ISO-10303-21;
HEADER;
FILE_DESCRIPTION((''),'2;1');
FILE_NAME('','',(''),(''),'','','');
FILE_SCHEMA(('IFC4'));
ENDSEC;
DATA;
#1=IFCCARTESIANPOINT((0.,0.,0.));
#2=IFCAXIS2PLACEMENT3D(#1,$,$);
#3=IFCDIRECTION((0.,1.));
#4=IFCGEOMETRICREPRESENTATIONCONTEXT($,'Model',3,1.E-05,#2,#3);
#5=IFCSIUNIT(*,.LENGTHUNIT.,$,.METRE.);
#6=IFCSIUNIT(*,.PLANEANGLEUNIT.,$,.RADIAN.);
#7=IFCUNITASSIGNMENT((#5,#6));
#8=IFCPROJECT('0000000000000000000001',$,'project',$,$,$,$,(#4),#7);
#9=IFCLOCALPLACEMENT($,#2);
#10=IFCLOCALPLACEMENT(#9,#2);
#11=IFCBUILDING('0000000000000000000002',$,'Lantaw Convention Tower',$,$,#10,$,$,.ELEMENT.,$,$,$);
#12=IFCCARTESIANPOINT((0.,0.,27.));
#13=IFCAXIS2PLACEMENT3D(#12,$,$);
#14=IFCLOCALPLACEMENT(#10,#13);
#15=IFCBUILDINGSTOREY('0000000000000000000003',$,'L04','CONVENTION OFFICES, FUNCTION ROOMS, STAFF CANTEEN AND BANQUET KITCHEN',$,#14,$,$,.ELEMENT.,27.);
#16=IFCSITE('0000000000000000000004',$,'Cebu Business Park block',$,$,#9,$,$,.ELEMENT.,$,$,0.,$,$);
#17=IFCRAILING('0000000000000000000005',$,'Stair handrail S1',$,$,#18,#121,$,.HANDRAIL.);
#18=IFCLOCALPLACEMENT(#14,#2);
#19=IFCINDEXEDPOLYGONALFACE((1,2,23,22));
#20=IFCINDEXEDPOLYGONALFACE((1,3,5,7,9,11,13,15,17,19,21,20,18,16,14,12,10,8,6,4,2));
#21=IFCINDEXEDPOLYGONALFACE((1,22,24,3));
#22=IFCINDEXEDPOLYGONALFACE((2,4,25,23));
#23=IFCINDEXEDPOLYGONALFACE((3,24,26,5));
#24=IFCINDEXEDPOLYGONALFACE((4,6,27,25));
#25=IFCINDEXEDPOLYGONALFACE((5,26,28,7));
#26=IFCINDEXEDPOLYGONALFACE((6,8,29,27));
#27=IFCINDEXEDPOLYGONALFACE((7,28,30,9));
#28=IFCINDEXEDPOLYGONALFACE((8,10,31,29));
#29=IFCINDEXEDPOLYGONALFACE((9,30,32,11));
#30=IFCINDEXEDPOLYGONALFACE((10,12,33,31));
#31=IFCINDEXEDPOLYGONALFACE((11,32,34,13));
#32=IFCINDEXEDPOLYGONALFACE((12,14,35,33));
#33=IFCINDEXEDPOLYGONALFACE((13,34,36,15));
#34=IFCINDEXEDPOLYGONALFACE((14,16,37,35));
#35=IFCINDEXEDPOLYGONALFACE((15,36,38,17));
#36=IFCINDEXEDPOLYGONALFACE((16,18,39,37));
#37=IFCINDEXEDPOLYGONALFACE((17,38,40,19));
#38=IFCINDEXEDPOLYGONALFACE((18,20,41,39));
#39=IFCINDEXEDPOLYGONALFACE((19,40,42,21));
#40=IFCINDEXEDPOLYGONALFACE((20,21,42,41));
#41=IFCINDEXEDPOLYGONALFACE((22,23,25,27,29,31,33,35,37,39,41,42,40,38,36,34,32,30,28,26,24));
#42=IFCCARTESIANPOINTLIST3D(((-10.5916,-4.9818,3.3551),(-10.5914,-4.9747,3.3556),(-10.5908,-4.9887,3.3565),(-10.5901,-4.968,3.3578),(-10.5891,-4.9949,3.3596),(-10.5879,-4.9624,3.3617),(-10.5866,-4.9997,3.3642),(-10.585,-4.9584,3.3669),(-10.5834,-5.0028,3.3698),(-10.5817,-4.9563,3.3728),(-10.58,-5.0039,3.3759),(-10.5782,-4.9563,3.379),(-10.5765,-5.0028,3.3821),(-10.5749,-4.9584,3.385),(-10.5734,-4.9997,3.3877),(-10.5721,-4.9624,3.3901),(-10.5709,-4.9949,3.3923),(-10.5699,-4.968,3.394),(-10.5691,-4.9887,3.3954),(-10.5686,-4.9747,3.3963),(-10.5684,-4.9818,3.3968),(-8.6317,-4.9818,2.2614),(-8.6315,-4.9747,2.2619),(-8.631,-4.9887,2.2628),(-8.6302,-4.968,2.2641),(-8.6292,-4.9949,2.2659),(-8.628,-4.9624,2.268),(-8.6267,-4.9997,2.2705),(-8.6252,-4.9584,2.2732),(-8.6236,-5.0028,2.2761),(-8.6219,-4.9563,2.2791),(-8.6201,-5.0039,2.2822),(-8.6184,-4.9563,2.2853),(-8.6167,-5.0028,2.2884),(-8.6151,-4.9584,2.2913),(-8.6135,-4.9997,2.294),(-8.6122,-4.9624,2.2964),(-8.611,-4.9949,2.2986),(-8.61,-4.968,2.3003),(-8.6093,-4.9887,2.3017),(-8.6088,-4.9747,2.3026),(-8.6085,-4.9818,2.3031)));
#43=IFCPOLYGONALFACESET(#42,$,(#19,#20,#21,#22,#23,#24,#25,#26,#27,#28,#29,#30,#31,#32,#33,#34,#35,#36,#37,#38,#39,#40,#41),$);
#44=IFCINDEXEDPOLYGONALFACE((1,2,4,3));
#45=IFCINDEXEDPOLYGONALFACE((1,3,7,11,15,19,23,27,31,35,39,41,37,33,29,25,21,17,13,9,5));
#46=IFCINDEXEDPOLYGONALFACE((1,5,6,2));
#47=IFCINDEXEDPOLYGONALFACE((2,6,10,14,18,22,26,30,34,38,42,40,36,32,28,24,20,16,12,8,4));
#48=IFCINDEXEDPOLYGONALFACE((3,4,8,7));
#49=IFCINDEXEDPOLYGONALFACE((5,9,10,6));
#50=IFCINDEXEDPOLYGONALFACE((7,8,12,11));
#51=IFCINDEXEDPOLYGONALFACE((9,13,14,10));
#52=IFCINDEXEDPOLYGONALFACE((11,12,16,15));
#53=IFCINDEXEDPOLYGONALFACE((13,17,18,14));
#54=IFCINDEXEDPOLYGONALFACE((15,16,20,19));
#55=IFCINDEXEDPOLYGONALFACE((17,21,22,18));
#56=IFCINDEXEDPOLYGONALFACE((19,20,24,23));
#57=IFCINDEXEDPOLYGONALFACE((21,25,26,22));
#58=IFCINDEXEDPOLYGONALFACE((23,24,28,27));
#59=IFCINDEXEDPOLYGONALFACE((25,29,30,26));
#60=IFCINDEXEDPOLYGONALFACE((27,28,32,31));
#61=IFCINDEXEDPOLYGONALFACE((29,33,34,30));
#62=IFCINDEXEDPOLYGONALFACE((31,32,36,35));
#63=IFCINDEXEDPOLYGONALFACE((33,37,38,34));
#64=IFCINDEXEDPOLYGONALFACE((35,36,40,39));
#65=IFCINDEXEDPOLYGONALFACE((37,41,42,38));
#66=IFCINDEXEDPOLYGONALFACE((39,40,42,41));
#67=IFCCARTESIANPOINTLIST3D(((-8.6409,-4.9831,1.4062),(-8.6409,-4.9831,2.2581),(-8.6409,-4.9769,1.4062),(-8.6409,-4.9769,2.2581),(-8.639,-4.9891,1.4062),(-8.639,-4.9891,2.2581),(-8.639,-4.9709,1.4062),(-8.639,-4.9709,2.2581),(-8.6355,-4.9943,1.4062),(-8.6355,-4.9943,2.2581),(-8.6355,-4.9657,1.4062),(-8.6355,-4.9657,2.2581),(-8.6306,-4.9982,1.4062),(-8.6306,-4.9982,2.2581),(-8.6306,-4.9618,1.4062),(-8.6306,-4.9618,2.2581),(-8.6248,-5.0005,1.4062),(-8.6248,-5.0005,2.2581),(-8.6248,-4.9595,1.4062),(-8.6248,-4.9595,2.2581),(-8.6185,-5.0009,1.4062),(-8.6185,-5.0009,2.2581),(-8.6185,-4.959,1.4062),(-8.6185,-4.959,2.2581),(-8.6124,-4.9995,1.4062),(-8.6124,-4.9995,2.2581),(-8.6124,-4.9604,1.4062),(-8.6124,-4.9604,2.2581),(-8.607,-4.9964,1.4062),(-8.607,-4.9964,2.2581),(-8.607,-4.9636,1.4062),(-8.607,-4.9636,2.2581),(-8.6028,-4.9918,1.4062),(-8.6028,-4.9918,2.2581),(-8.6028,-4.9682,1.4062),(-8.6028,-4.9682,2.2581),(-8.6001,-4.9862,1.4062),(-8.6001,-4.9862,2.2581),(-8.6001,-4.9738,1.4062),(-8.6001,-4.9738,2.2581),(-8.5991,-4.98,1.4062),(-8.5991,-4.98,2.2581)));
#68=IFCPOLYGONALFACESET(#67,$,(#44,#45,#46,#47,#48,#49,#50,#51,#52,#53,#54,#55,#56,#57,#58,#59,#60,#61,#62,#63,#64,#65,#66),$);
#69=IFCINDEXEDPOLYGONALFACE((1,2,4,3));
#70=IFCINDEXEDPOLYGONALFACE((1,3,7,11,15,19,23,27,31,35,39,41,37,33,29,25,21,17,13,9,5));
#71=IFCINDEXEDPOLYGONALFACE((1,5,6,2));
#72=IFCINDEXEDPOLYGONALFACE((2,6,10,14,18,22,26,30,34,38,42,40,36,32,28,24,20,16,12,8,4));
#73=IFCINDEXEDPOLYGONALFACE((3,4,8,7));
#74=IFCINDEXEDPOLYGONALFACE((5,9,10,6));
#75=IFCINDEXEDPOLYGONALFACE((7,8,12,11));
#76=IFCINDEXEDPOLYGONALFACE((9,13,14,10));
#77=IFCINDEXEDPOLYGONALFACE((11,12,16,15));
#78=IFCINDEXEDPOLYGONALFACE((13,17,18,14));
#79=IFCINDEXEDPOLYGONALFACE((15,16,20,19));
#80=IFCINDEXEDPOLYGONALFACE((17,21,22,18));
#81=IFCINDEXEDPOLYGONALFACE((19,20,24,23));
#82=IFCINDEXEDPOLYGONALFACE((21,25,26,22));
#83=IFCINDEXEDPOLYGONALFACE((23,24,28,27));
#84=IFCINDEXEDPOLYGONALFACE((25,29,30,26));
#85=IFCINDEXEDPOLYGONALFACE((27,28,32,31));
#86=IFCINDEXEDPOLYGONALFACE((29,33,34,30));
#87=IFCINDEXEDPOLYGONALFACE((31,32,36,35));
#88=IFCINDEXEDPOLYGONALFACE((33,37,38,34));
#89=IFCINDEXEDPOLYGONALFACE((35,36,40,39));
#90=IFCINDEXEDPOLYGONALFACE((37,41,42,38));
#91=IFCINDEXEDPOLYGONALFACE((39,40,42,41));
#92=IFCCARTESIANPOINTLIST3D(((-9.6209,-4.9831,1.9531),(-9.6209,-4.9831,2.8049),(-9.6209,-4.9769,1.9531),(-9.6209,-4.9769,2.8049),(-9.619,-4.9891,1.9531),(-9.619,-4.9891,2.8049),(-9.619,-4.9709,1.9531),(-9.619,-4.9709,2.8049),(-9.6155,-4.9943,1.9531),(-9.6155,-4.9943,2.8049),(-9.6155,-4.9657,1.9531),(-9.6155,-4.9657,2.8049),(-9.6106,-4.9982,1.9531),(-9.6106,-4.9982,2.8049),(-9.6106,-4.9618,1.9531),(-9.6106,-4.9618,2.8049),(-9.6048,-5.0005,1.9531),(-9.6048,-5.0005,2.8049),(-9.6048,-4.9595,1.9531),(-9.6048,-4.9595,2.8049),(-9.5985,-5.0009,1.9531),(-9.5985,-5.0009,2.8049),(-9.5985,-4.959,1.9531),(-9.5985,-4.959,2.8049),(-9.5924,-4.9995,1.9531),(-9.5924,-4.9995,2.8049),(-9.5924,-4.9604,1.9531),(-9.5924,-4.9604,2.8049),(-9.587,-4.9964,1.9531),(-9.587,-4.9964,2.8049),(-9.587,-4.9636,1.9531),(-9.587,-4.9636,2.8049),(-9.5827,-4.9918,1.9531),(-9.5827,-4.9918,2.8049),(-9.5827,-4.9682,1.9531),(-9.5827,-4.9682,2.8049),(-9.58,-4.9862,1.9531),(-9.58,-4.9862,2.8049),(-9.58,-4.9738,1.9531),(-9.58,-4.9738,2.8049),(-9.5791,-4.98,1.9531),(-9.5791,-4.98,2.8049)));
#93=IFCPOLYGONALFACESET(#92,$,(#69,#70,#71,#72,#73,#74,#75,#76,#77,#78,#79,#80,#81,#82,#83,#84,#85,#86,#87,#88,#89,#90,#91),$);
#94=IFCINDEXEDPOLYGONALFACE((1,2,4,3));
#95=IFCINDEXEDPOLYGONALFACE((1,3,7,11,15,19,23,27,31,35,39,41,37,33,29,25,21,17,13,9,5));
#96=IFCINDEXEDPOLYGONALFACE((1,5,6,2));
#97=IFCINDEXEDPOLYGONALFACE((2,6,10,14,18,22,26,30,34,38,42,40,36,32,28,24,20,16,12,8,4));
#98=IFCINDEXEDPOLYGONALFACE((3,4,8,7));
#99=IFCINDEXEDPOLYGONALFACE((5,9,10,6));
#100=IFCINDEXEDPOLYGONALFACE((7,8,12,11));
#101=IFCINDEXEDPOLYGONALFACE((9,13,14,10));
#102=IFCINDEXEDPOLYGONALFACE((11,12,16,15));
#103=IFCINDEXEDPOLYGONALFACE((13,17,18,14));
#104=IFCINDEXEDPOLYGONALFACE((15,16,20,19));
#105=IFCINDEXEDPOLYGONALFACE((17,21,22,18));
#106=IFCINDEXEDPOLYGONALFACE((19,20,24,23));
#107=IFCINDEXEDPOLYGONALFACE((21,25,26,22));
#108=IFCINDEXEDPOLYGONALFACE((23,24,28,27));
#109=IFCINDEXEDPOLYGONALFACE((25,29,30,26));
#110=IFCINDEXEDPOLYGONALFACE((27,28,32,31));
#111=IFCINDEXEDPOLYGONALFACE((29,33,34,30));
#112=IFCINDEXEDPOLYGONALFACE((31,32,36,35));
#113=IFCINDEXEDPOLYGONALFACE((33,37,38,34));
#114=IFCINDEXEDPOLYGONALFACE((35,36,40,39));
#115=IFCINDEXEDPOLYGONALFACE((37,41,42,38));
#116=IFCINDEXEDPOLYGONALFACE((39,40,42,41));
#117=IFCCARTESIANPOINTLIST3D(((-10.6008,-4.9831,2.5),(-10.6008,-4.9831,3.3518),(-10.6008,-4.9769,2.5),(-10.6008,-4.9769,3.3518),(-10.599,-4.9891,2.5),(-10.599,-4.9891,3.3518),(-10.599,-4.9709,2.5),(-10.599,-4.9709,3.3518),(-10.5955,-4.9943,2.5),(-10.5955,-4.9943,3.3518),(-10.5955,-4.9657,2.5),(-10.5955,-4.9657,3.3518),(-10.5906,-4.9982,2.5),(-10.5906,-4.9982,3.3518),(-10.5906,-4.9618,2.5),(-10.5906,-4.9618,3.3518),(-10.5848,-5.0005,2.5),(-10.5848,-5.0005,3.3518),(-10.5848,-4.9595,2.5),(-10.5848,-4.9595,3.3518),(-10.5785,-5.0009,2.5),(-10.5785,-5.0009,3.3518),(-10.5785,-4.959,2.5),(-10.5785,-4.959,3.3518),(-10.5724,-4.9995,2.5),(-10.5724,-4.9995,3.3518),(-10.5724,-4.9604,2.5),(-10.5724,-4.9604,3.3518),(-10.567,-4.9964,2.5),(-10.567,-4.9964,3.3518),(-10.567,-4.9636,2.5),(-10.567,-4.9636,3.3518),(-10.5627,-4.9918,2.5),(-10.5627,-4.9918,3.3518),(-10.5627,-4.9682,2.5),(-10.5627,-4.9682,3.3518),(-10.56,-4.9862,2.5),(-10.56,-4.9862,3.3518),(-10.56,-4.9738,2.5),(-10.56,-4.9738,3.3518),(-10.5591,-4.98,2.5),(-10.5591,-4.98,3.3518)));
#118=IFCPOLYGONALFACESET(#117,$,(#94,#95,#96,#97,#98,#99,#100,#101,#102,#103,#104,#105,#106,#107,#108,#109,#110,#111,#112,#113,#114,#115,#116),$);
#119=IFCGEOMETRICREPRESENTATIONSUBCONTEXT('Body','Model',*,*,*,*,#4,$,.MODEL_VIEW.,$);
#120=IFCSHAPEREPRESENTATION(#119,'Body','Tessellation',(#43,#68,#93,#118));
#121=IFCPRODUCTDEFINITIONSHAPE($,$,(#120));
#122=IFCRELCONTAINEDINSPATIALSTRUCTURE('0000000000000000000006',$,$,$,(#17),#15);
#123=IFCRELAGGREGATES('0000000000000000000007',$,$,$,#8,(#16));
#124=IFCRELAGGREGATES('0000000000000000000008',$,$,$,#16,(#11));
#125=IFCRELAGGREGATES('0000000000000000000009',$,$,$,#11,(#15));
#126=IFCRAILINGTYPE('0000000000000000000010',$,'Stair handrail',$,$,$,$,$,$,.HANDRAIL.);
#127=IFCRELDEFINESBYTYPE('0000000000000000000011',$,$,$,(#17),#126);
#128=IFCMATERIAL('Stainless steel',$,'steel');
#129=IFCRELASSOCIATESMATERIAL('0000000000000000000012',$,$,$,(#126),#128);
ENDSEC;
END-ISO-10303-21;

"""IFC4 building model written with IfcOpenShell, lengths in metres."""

from ifc_helpers import new_model, si_unit, direction, frame, origin, origin_2d, place, context, subcontext, project, spatial, circle, extrude, material, type_object, element, save


model = new_model("IFC4")

# Units and contexts
model_context = context("Model", 3, precision=1e-05, world=origin(), true_north=direction((0.0, 1.0)))
body_context = subcontext(model_context, "Body", "Model", "MODEL_VIEW")
ifc_project = project(units=[si_unit("LENGTHUNIT", "METRE"), si_unit("PLANEANGLEUNIT", "RADIAN")], contexts=[model_context])

# Site, building, storey
site_placement = place(None, origin())
site = spatial("IfcSite", under=ifc_project, at=site_placement, Name="Cebu Business Park block", CompositionType="ELEMENT", RefElevation=0.0)
building_placement = place(site_placement, origin())
building = spatial("IfcBuilding", under=site, at=building_placement, Name="Lantaw Convention Tower", CompositionType="ELEMENT")
storey_placement = place(building_placement, frame((0.0, 0.0, 27.0)))
storey = spatial("IfcBuildingStorey", under=building, at=storey_placement, Name="L04", Description="CONVENTION OFFICES, FUNCTION ROOMS, STAFF CANTEEN AND BANQUET KITCHEN", CompositionType="ELEMENT", Elevation=27.0)

# Railing
ifc_material_1 = material(Name="Stainless steel", Category="steel")
railing_type = type_object("IfcRailingType", Name="Stair handrail", PredefinedType="HANDRAIL", material=ifc_material_1)
railing_1_placement = place(storey_placement, frame((-8.6201, -4.98, 1.4062)))
element("IfcRailing", 1, at=railing_1_placement, inside=storey, type_object=railing_type, Name="Stair handrail S1", PredefinedType="HANDRAIL", context=body_context, shape_type="SweptSolid", body=[
    extrude(circle(Radius=0.0239, at=origin_2d()), frame((0.0, 0.0, 0.876), z_axis=(-0.873232, 0.0, 0.487304), x_axis=(0.0, -1.0, 0.0)), (0.0, 0.0, 1.0), 2.2444),
    extrude(circle(Radius=0.021, at=origin_2d()), origin(), (0.0, 0.0, 1.0), 0.8518),
    extrude(circle(Radius=0.021, at=origin_2d()), frame((-0.98, 0.0, 0.5469)), (0.0, 0.0, 1.0), 0.8518),
    extrude(circle(Radius=0.021, at=origin_2d()), frame((-1.96, 0.0, 1.0938)), (0.0, 0.0, 1.0), 0.8518),
])

save(model, "model.ifc")
